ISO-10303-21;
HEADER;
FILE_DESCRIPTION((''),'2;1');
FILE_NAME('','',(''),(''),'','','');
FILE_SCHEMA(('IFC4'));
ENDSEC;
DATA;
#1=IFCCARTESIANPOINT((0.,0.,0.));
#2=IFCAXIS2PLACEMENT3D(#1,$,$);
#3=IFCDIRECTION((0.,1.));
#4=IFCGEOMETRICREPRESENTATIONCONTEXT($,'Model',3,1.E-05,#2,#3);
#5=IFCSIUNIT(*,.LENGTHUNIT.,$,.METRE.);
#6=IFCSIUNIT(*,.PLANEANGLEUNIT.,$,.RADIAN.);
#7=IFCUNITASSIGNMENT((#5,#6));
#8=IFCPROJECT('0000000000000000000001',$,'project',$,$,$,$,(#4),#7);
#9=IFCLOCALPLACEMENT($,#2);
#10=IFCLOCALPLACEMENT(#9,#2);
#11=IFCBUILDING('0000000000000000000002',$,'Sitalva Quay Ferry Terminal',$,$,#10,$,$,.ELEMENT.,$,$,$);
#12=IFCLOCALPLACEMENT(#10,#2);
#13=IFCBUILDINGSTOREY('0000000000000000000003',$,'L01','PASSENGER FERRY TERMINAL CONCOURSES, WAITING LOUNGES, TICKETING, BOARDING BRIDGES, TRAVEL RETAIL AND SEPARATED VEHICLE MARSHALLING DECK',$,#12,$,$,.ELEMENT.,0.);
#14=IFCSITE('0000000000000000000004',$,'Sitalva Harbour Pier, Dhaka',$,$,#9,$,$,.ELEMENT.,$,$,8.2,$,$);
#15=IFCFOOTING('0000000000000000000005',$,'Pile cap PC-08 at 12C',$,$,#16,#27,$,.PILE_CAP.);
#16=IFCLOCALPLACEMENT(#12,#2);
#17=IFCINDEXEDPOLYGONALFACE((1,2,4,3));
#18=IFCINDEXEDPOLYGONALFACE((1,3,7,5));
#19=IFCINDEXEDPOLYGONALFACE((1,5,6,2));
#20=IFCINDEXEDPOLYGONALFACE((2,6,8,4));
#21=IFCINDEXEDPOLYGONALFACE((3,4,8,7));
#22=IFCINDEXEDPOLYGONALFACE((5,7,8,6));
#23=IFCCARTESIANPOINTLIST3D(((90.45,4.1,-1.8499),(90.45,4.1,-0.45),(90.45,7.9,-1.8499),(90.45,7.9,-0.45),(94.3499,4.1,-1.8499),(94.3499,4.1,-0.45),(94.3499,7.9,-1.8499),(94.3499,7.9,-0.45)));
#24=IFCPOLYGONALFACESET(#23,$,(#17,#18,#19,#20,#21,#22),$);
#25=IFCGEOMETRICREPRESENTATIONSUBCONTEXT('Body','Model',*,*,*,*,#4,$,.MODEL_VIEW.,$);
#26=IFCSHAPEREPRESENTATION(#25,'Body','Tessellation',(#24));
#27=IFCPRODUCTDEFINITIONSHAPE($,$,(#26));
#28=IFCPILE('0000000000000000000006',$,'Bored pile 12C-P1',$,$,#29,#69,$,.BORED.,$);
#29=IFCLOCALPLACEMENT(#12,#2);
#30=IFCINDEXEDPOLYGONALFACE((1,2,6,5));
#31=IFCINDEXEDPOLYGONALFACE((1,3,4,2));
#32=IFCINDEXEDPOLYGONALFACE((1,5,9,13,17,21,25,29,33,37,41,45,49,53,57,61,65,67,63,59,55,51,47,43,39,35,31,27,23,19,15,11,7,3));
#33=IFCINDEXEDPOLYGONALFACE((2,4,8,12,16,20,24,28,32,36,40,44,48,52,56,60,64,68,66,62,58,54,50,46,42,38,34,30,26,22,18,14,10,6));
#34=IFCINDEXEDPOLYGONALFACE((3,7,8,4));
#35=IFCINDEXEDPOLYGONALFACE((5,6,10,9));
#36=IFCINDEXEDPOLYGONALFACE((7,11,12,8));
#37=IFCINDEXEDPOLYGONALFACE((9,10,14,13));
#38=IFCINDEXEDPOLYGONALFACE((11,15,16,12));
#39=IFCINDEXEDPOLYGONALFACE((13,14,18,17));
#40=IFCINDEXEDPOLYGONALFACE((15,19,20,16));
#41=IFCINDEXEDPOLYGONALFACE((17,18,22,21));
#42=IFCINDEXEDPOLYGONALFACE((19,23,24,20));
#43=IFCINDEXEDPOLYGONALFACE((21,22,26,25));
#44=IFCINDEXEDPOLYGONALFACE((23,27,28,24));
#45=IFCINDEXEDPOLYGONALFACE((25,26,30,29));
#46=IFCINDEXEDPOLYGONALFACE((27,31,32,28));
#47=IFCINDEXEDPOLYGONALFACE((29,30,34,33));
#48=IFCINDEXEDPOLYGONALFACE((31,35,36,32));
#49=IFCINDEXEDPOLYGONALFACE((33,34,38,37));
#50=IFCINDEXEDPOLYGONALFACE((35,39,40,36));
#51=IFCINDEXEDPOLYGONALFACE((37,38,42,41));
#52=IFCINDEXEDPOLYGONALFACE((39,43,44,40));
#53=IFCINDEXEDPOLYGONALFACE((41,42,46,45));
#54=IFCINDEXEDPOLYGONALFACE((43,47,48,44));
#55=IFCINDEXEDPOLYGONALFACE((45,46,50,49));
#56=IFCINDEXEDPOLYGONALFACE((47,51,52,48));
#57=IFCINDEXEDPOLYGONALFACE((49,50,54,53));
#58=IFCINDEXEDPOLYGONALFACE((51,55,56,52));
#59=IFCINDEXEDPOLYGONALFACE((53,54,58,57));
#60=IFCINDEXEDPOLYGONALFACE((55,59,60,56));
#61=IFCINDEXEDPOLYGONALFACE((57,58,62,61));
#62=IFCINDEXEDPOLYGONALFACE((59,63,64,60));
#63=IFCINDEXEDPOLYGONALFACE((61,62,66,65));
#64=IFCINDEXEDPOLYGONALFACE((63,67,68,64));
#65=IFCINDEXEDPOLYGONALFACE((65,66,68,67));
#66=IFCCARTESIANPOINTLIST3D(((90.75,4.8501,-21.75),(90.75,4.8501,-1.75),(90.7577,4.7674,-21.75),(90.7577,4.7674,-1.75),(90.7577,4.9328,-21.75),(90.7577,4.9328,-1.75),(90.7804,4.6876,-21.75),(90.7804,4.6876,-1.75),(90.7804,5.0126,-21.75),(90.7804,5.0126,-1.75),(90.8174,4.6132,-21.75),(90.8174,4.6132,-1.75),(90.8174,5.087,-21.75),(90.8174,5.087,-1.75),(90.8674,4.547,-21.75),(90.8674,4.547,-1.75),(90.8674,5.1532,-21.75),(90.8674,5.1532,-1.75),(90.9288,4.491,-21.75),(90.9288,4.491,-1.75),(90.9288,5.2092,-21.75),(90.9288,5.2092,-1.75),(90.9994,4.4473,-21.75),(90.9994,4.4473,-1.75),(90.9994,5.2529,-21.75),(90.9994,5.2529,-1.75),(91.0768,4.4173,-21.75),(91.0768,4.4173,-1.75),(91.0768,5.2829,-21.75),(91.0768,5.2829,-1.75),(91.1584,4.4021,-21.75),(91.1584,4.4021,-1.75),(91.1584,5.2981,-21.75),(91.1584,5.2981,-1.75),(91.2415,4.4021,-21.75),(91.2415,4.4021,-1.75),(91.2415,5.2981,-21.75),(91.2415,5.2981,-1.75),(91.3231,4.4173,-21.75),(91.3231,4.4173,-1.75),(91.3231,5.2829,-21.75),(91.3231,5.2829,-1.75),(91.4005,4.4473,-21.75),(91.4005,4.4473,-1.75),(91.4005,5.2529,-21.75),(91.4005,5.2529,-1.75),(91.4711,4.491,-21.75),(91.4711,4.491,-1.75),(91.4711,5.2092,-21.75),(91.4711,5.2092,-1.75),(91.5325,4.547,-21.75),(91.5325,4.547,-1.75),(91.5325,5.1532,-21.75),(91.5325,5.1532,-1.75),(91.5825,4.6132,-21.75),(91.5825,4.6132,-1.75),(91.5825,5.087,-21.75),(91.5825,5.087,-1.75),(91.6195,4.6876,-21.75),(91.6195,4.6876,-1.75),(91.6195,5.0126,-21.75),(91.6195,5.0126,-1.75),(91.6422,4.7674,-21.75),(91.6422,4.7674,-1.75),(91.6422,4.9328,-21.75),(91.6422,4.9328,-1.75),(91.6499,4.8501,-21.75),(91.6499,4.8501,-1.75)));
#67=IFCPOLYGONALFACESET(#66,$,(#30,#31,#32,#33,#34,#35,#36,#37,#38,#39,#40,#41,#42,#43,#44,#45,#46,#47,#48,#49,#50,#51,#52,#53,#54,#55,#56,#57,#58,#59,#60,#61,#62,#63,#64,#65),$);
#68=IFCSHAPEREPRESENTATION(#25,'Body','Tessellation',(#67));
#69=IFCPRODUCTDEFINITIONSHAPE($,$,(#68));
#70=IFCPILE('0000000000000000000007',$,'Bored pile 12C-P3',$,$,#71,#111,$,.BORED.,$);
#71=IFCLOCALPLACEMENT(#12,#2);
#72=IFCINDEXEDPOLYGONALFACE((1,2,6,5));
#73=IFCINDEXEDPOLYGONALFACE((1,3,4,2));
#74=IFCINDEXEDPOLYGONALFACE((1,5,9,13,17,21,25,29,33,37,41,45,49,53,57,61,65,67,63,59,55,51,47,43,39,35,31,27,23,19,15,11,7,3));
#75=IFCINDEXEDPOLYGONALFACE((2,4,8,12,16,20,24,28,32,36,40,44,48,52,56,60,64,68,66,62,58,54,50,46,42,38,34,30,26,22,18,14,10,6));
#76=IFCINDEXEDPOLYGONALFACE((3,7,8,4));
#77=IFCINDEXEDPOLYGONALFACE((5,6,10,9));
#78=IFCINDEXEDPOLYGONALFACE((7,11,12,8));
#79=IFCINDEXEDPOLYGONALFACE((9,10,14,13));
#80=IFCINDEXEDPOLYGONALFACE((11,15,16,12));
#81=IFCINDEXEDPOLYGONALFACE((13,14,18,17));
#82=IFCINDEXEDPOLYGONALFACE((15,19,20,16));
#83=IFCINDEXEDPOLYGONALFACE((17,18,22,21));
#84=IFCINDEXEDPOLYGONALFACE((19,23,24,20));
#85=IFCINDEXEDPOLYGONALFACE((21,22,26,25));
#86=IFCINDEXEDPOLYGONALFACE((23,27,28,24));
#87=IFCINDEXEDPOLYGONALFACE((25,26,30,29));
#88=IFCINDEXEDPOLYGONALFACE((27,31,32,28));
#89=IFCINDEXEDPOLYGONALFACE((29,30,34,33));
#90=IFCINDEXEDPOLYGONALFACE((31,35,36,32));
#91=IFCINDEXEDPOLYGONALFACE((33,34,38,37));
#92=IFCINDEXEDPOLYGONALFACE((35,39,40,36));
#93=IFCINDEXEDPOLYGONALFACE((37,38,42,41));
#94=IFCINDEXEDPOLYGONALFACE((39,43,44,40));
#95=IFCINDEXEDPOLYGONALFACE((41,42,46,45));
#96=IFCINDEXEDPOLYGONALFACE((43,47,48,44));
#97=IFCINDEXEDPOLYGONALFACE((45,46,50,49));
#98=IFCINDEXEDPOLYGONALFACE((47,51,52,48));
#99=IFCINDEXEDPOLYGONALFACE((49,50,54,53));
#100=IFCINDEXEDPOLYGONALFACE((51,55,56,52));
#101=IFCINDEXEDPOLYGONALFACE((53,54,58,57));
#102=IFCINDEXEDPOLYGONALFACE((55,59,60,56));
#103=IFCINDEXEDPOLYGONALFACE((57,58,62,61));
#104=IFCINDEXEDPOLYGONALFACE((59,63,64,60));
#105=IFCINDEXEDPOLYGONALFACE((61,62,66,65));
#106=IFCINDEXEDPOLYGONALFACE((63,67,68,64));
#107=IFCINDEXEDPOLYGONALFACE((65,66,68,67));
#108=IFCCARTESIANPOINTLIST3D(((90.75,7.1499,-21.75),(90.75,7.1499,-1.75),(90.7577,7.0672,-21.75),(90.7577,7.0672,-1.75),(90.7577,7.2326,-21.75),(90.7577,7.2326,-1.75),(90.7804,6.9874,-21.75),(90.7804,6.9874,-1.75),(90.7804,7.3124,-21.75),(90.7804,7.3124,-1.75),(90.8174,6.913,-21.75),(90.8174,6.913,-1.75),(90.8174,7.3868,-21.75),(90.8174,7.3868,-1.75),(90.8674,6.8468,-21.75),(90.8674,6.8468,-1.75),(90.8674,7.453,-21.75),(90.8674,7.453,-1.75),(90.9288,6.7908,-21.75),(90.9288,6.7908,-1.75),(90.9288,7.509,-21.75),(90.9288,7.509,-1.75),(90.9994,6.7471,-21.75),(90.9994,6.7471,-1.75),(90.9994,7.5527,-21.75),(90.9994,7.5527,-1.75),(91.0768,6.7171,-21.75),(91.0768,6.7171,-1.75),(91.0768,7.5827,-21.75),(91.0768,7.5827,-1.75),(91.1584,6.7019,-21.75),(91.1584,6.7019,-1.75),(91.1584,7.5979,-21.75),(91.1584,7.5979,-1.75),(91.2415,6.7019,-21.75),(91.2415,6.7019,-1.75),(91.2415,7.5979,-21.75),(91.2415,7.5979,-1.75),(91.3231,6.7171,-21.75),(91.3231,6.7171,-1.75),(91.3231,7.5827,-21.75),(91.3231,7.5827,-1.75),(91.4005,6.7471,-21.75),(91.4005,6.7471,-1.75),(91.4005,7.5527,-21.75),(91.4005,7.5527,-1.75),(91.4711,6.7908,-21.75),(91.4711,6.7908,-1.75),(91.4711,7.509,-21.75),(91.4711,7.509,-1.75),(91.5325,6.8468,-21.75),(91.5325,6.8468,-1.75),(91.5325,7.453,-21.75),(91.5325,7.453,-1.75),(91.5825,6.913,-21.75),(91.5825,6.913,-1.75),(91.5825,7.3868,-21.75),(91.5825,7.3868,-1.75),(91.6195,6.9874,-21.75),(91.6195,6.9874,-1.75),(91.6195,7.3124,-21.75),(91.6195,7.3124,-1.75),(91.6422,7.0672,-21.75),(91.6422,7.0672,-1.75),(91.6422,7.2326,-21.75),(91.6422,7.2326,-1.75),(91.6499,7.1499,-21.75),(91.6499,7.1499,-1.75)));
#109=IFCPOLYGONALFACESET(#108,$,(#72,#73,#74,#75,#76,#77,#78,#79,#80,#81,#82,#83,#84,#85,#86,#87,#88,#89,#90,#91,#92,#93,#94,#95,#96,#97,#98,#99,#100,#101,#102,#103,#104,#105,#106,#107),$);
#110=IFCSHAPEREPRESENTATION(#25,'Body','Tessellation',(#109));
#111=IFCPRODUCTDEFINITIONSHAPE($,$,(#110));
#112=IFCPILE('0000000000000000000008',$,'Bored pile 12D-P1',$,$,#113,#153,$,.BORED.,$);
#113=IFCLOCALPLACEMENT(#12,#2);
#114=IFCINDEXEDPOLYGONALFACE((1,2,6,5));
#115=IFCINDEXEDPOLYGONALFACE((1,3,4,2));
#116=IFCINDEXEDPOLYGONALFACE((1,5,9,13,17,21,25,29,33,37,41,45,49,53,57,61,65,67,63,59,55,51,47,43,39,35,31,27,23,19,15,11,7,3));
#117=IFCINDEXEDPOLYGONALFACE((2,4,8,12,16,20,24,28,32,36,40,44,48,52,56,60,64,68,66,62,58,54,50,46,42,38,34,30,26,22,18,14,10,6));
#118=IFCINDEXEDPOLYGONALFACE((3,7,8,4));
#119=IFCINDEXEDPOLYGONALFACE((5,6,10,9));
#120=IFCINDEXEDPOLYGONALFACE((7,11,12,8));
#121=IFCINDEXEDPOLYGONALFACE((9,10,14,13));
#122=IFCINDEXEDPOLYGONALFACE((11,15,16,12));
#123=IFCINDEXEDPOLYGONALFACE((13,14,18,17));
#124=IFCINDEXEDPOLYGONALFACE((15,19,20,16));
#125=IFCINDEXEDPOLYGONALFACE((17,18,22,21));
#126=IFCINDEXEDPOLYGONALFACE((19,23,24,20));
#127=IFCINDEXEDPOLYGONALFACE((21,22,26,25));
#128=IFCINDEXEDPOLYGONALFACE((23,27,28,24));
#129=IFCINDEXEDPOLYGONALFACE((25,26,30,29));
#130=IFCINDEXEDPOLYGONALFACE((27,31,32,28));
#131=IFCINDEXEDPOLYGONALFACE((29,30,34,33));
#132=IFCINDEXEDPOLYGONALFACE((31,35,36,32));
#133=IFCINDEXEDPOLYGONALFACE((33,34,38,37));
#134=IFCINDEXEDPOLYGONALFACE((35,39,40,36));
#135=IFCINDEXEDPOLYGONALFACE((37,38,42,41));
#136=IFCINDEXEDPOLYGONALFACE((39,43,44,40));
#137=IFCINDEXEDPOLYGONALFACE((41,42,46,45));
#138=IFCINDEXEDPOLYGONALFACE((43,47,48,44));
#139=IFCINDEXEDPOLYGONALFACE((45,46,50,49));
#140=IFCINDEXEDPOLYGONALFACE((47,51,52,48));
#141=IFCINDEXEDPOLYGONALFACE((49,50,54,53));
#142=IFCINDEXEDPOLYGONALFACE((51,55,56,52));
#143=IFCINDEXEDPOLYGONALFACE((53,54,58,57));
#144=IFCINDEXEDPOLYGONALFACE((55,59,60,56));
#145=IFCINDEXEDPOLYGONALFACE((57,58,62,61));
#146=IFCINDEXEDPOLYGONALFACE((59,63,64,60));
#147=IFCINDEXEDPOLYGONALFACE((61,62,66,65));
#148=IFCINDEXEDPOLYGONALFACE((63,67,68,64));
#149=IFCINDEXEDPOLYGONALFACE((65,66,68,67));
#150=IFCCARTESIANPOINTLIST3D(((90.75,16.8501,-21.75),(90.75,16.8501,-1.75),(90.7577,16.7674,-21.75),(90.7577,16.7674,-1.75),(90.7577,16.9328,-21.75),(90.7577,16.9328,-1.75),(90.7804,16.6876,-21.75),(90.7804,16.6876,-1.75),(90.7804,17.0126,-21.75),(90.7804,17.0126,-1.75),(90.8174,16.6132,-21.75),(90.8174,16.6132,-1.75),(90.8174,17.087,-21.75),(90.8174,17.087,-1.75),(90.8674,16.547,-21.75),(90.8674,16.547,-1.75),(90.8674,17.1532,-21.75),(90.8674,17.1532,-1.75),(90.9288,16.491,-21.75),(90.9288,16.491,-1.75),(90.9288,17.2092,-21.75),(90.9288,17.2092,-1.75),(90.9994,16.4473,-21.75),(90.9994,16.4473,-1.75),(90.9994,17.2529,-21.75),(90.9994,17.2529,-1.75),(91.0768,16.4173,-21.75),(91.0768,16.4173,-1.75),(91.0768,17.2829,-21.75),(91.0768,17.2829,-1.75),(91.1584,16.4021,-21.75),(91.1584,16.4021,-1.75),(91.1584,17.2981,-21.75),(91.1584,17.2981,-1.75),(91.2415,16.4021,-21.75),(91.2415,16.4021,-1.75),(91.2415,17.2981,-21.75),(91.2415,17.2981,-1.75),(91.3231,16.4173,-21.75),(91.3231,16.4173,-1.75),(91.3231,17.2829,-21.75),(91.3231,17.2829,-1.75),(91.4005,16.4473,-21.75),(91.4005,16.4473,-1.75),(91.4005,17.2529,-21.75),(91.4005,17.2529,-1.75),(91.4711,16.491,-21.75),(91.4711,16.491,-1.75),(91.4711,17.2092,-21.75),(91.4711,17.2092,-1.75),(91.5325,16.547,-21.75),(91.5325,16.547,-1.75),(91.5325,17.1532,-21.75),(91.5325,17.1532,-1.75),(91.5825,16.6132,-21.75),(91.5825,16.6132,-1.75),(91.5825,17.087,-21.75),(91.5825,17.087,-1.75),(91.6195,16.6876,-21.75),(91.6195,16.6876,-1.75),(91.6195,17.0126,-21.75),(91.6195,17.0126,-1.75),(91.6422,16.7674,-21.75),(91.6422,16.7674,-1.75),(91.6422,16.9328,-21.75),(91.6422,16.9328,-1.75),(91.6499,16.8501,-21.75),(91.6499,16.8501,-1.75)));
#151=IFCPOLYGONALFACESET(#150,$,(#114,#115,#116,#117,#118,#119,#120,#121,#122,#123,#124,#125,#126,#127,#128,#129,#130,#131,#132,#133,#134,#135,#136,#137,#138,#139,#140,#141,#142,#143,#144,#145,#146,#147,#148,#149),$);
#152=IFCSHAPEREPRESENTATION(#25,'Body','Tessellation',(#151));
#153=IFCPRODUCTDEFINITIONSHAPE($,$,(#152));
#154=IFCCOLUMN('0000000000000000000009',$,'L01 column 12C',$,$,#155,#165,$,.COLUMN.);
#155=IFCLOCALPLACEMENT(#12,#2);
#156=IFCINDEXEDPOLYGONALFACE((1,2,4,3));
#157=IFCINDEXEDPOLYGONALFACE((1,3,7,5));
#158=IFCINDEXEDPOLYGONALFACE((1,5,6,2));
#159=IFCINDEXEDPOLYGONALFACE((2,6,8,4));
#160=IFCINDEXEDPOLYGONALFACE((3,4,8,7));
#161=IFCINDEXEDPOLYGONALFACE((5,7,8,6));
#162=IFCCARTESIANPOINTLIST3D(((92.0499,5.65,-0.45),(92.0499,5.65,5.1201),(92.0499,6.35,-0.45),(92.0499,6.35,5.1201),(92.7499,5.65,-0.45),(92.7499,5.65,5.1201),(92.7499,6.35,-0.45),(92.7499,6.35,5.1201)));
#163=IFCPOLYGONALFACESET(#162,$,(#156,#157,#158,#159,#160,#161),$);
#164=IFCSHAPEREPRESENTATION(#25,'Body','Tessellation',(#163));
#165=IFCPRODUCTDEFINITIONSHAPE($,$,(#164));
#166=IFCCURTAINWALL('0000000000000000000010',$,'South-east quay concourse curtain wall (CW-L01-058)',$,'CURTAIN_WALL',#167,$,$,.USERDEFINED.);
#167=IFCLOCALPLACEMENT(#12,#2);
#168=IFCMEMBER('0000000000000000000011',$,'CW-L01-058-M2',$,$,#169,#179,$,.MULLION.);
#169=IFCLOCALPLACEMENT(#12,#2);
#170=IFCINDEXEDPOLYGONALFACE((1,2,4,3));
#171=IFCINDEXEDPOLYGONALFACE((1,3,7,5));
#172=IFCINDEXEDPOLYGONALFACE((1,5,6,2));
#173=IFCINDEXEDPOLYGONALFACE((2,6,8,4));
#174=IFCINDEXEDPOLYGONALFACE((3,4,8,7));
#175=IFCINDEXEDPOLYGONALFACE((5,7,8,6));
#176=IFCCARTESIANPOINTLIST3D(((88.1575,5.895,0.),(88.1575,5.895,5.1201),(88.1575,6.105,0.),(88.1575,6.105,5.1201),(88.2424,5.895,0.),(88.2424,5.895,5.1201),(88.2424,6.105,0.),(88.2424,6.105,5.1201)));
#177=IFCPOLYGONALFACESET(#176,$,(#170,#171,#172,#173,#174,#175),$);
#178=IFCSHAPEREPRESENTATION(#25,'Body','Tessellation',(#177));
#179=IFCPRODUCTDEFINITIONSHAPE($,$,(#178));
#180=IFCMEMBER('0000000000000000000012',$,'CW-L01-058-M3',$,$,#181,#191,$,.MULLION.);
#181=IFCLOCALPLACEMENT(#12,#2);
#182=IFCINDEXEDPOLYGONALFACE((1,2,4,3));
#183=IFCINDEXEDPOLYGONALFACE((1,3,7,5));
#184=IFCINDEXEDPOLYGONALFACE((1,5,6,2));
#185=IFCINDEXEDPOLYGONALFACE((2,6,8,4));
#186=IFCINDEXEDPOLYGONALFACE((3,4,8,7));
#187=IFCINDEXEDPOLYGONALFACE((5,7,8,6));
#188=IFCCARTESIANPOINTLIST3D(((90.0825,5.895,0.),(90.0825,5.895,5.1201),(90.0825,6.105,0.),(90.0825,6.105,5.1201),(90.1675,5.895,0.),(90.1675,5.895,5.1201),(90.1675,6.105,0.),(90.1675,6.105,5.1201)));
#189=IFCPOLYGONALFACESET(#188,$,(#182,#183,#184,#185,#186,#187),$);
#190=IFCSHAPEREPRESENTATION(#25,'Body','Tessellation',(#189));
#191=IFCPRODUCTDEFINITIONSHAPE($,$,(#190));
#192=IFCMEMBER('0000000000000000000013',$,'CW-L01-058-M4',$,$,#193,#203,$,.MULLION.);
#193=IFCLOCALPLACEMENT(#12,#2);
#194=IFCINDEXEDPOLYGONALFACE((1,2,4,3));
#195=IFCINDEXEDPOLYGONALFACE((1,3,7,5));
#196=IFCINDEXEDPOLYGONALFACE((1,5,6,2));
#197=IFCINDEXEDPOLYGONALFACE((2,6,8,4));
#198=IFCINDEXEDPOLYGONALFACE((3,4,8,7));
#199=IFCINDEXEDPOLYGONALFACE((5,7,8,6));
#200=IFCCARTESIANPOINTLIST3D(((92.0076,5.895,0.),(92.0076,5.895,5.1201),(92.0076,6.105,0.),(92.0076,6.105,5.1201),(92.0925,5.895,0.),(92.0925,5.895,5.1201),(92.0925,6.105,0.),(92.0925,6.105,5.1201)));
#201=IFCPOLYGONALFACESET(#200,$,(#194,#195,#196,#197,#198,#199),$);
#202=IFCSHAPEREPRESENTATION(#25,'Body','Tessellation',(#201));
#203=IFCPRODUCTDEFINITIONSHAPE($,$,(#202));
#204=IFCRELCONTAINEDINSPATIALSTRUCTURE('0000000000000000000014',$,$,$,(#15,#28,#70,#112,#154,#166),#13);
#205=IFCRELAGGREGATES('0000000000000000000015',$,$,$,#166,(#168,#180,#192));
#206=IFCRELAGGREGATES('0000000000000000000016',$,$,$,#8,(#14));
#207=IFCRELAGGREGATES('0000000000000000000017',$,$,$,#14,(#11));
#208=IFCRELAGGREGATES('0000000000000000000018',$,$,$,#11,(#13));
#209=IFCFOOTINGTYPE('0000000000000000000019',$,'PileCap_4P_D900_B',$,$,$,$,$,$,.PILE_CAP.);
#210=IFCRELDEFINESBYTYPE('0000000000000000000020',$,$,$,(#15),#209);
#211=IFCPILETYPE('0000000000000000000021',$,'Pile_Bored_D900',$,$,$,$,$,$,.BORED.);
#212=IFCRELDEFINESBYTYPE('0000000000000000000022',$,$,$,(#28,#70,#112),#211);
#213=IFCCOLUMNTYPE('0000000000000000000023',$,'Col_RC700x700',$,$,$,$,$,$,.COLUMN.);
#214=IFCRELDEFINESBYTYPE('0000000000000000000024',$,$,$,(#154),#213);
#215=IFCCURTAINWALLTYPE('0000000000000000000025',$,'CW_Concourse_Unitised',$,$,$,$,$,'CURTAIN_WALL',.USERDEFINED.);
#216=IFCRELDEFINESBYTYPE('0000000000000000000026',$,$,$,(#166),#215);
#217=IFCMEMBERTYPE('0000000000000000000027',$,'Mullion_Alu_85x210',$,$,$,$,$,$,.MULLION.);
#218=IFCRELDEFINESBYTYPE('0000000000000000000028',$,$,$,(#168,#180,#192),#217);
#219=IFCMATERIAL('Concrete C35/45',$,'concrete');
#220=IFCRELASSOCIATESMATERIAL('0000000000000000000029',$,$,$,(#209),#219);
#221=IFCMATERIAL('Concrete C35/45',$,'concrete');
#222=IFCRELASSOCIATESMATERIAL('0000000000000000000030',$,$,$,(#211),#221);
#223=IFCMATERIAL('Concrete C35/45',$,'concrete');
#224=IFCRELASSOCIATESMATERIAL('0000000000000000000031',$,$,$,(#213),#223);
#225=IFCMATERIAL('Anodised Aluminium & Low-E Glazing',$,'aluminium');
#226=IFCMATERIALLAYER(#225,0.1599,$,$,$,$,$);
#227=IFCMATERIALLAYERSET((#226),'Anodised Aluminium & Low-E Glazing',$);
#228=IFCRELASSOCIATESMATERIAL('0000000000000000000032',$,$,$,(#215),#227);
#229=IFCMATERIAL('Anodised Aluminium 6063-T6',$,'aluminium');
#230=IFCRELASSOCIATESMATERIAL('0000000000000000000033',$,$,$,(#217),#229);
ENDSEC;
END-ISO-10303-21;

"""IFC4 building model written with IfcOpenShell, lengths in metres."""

from ifc_helpers import new_model, si_unit, direction, frame, origin, origin_2d, place, context, subcontext, project, spatial, rectangle, circle, extrude, material, layer, layer_set, material_profile, profile_set, type_object, element, aggregate, save


model = new_model("IFC4")

# Units and contexts
model_context = context("Model", 3, precision=1e-05, world=origin(), true_north=direction((0.0, 1.0)))
body_context = subcontext(model_context, "Body", "Model", "MODEL_VIEW")
ifc_project = project(units=[si_unit("LENGTHUNIT", "METRE"), si_unit("PLANEANGLEUNIT", "RADIAN")], contexts=[model_context])

# Site, building, storey
site_placement = place(None, origin())
site = spatial("IfcSite", under=ifc_project, at=site_placement, Name="Sitalva Harbour Pier, Dhaka", CompositionType="ELEMENT", RefElevation=8.2)
building_placement = place(site_placement, origin())
building = spatial("IfcBuilding", under=site, at=building_placement, Name="Sitalva Quay Ferry Terminal", CompositionType="ELEMENT")
storey_placement = place(building_placement, origin())
storey = spatial("IfcBuildingStorey", under=building, at=storey_placement, Name="L01", Description="PASSENGER FERRY TERMINAL CONCOURSES, WAITING LOUNGES, TICKETING, BOARDING BRIDGES, TRAVEL RETAIL AND SEPARATED VEHICLE MARSHALLING DECK", CompositionType="ELEMENT", Elevation=0.0)

# Footing
ifc_material_1 = material(Name="Concrete C35/45", Category="concrete")
footing_type = type_object("IfcFootingType", Name="PileCap_4P_D900_B", PredefinedType="PILE_CAP", material=ifc_material_1)
footing_placement = place(storey_placement, frame((92.3999, 6.0, -1.8499), z_axis=(0.0, 0.0, 1.0), x_axis=(1.0, 0.0, 0.0)))
element("IfcFooting", 1, at=footing_placement, inside=storey, type_object=footing_type, Name="Pile cap PC-08 at 12C", PredefinedType="PILE_CAP", context=body_context, shape_type="SweptSolid", body=[
    extrude(rectangle(XDim=3.8999, YDim=3.8, at=origin_2d()), origin(), (0.0, 0.0, 1.0), 1.3999),
])

# Piles
ifc_material_2 = material(Name="Concrete C35/45", Category="concrete")
ifc_material_profile_1 = material_profile(ifc_material_2, circle(Radius=0.45, at=origin_2d()), Name="PILE-D900")
ifc_profile_set_1 = profile_set([ifc_material_profile_1], Name="Concrete C35/45")
pile_type = type_object("IfcPileType", Name="Pile_Bored_D900", PredefinedType="BORED", material=ifc_profile_set_1)
for number, where, z_axis, x_axis, name in (
    (2, (91.2, 4.8501, -1.75), (0.0, 0.0, -1.0), (1.0, 0.0, 0.0), "Bored pile 12C-P1"),
    (3, (91.2, 7.1499, -1.75), (0.0, 0.0, -1.0), (1.0, 0.0, 0.0), "Bored pile 12C-P3"),
    (4, (91.2, 16.8501, -1.75), (0.0, 0.0, -1.0), (1.0, 0.0, 0.0), "Bored pile 12D-P1"),
):
    element("IfcPile", number, at=place(storey_placement, frame(where, z_axis=z_axis, x_axis=x_axis)), inside=storey, type_object=pile_type, Name=name, PredefinedType="BORED", context=body_context, shape_type="SweptSolid", body=[
        extrude(circle(Radius=0.45, at=origin_2d()), origin(), (0.0, 0.0, 1.0), 20.0),
    ])

# Column
ifc_material_3 = material(Name="Concrete C35/45", Category="concrete")
ifc_material_profile_2 = material_profile(ifc_material_3, rectangle(XDim=0.7, YDim=0.7, at=origin_2d()), Name="RC700x700")
ifc_profile_set_2 = profile_set([ifc_material_profile_2], Name="Concrete C35/45")
column_type = type_object("IfcColumnType", Name="Col_RC700x700", PredefinedType="COLUMN", material=ifc_profile_set_2)
column_placement = place(storey_placement, frame((92.3999, 6.0, -0.45), z_axis=(0.0, 0.0, 1.0), x_axis=(1.0, 0.0, 0.0)))
element("IfcColumn", 5, at=column_placement, inside=storey, type_object=column_type, Name="L01 column 12C", PredefinedType="COLUMN", context=body_context, shape_type="SweptSolid", body=[
    extrude(rectangle(XDim=0.7, YDim=0.7, at=origin_2d()), origin(), (0.0, 0.0, 1.0), 5.5701),
])

# Curtain wall, members
ifc_material_4 = material(Name="Anodised Aluminium & Low-E Glazing", Category="aluminium")
ifc_layer_1 = layer(ifc_material_4, 0.1599)
ifc_layer_set_1 = layer_set([ifc_layer_1], Name="Anodised Aluminium & Low-E Glazing")
curtain_wall_type = type_object("IfcCurtainWallType", Name="CW_Concourse_Unitised", ElementType="CURTAIN_WALL", PredefinedType="USERDEFINED", material=ifc_layer_set_1)
curtain_wall_placement = place(storey_placement, origin())
curtain_wall = element("IfcCurtainWall", 6, at=curtain_wall_placement, inside=storey, type_object=curtain_wall_type, Name="South-east quay concourse curtain wall (CW-L01-058)", ObjectType="CURTAIN_WALL", PredefinedType="USERDEFINED")
ifc_material_5 = material(Name="Anodised Aluminium 6063-T6", Category="aluminium")
ifc_material_profile_3 = material_profile(ifc_material_5, rectangle(XDim=0.085, YDim=0.21, at=origin_2d()), Name="ALU85x210")
ifc_profile_set_3 = profile_set([ifc_material_profile_3], Name="Anodised Aluminium 6063-T6")
member_type_1 = type_object("IfcMemberType", Name="Mullion_Alu_85x210", PredefinedType="MULLION", material=ifc_profile_set_3)
member_1_placement = place(storey_placement, frame((88.2, 6.0, 0.0), z_axis=(0.0, 0.0, 1.0), x_axis=(1.0, 0.0, 0.0)))
member_1 = element("IfcMember", 7, at=member_1_placement, type_object=member_type_1, Name="CW-L01-058-M2", PredefinedType="MULLION", context=body_context, shape_type="SweptSolid", body=[
    extrude(rectangle(XDim=0.085, YDim=0.21, at=origin_2d()), origin(), (0.0, 0.0, 1.0), 5.1201),
])
member_2_placement = place(storey_placement, frame((90.125, 6.0, 0.0), z_axis=(0.0, 0.0, 1.0), x_axis=(1.0, 0.0, 0.0)))
member_2 = element("IfcMember", 8, at=member_2_placement, type_object=member_type_1, Name="CW-L01-058-M3", PredefinedType="MULLION", context=body_context, shape_type="SweptSolid", body=[
    extrude(rectangle(XDim=0.085, YDim=0.21, at=origin_2d()), origin(), (0.0, 0.0, 1.0), 5.1201),
])
member_3_placement = place(storey_placement, frame((92.05, 6.0, 0.0), z_axis=(0.0, 0.0, 1.0), x_axis=(1.0, 0.0, 0.0)))
member_3 = element("IfcMember", 9, at=member_3_placement, type_object=member_type_1, Name="CW-L01-058-M4", PredefinedType="MULLION", context=body_context, shape_type="SweptSolid", body=[
    extrude(rectangle(XDim=0.085, YDim=0.21, at=origin_2d()), origin(), (0.0, 0.0, 1.0), 5.1201),
])
aggregate(curtain_wall, [member_1, member_2, member_3])

save(model, "model.ifc")
